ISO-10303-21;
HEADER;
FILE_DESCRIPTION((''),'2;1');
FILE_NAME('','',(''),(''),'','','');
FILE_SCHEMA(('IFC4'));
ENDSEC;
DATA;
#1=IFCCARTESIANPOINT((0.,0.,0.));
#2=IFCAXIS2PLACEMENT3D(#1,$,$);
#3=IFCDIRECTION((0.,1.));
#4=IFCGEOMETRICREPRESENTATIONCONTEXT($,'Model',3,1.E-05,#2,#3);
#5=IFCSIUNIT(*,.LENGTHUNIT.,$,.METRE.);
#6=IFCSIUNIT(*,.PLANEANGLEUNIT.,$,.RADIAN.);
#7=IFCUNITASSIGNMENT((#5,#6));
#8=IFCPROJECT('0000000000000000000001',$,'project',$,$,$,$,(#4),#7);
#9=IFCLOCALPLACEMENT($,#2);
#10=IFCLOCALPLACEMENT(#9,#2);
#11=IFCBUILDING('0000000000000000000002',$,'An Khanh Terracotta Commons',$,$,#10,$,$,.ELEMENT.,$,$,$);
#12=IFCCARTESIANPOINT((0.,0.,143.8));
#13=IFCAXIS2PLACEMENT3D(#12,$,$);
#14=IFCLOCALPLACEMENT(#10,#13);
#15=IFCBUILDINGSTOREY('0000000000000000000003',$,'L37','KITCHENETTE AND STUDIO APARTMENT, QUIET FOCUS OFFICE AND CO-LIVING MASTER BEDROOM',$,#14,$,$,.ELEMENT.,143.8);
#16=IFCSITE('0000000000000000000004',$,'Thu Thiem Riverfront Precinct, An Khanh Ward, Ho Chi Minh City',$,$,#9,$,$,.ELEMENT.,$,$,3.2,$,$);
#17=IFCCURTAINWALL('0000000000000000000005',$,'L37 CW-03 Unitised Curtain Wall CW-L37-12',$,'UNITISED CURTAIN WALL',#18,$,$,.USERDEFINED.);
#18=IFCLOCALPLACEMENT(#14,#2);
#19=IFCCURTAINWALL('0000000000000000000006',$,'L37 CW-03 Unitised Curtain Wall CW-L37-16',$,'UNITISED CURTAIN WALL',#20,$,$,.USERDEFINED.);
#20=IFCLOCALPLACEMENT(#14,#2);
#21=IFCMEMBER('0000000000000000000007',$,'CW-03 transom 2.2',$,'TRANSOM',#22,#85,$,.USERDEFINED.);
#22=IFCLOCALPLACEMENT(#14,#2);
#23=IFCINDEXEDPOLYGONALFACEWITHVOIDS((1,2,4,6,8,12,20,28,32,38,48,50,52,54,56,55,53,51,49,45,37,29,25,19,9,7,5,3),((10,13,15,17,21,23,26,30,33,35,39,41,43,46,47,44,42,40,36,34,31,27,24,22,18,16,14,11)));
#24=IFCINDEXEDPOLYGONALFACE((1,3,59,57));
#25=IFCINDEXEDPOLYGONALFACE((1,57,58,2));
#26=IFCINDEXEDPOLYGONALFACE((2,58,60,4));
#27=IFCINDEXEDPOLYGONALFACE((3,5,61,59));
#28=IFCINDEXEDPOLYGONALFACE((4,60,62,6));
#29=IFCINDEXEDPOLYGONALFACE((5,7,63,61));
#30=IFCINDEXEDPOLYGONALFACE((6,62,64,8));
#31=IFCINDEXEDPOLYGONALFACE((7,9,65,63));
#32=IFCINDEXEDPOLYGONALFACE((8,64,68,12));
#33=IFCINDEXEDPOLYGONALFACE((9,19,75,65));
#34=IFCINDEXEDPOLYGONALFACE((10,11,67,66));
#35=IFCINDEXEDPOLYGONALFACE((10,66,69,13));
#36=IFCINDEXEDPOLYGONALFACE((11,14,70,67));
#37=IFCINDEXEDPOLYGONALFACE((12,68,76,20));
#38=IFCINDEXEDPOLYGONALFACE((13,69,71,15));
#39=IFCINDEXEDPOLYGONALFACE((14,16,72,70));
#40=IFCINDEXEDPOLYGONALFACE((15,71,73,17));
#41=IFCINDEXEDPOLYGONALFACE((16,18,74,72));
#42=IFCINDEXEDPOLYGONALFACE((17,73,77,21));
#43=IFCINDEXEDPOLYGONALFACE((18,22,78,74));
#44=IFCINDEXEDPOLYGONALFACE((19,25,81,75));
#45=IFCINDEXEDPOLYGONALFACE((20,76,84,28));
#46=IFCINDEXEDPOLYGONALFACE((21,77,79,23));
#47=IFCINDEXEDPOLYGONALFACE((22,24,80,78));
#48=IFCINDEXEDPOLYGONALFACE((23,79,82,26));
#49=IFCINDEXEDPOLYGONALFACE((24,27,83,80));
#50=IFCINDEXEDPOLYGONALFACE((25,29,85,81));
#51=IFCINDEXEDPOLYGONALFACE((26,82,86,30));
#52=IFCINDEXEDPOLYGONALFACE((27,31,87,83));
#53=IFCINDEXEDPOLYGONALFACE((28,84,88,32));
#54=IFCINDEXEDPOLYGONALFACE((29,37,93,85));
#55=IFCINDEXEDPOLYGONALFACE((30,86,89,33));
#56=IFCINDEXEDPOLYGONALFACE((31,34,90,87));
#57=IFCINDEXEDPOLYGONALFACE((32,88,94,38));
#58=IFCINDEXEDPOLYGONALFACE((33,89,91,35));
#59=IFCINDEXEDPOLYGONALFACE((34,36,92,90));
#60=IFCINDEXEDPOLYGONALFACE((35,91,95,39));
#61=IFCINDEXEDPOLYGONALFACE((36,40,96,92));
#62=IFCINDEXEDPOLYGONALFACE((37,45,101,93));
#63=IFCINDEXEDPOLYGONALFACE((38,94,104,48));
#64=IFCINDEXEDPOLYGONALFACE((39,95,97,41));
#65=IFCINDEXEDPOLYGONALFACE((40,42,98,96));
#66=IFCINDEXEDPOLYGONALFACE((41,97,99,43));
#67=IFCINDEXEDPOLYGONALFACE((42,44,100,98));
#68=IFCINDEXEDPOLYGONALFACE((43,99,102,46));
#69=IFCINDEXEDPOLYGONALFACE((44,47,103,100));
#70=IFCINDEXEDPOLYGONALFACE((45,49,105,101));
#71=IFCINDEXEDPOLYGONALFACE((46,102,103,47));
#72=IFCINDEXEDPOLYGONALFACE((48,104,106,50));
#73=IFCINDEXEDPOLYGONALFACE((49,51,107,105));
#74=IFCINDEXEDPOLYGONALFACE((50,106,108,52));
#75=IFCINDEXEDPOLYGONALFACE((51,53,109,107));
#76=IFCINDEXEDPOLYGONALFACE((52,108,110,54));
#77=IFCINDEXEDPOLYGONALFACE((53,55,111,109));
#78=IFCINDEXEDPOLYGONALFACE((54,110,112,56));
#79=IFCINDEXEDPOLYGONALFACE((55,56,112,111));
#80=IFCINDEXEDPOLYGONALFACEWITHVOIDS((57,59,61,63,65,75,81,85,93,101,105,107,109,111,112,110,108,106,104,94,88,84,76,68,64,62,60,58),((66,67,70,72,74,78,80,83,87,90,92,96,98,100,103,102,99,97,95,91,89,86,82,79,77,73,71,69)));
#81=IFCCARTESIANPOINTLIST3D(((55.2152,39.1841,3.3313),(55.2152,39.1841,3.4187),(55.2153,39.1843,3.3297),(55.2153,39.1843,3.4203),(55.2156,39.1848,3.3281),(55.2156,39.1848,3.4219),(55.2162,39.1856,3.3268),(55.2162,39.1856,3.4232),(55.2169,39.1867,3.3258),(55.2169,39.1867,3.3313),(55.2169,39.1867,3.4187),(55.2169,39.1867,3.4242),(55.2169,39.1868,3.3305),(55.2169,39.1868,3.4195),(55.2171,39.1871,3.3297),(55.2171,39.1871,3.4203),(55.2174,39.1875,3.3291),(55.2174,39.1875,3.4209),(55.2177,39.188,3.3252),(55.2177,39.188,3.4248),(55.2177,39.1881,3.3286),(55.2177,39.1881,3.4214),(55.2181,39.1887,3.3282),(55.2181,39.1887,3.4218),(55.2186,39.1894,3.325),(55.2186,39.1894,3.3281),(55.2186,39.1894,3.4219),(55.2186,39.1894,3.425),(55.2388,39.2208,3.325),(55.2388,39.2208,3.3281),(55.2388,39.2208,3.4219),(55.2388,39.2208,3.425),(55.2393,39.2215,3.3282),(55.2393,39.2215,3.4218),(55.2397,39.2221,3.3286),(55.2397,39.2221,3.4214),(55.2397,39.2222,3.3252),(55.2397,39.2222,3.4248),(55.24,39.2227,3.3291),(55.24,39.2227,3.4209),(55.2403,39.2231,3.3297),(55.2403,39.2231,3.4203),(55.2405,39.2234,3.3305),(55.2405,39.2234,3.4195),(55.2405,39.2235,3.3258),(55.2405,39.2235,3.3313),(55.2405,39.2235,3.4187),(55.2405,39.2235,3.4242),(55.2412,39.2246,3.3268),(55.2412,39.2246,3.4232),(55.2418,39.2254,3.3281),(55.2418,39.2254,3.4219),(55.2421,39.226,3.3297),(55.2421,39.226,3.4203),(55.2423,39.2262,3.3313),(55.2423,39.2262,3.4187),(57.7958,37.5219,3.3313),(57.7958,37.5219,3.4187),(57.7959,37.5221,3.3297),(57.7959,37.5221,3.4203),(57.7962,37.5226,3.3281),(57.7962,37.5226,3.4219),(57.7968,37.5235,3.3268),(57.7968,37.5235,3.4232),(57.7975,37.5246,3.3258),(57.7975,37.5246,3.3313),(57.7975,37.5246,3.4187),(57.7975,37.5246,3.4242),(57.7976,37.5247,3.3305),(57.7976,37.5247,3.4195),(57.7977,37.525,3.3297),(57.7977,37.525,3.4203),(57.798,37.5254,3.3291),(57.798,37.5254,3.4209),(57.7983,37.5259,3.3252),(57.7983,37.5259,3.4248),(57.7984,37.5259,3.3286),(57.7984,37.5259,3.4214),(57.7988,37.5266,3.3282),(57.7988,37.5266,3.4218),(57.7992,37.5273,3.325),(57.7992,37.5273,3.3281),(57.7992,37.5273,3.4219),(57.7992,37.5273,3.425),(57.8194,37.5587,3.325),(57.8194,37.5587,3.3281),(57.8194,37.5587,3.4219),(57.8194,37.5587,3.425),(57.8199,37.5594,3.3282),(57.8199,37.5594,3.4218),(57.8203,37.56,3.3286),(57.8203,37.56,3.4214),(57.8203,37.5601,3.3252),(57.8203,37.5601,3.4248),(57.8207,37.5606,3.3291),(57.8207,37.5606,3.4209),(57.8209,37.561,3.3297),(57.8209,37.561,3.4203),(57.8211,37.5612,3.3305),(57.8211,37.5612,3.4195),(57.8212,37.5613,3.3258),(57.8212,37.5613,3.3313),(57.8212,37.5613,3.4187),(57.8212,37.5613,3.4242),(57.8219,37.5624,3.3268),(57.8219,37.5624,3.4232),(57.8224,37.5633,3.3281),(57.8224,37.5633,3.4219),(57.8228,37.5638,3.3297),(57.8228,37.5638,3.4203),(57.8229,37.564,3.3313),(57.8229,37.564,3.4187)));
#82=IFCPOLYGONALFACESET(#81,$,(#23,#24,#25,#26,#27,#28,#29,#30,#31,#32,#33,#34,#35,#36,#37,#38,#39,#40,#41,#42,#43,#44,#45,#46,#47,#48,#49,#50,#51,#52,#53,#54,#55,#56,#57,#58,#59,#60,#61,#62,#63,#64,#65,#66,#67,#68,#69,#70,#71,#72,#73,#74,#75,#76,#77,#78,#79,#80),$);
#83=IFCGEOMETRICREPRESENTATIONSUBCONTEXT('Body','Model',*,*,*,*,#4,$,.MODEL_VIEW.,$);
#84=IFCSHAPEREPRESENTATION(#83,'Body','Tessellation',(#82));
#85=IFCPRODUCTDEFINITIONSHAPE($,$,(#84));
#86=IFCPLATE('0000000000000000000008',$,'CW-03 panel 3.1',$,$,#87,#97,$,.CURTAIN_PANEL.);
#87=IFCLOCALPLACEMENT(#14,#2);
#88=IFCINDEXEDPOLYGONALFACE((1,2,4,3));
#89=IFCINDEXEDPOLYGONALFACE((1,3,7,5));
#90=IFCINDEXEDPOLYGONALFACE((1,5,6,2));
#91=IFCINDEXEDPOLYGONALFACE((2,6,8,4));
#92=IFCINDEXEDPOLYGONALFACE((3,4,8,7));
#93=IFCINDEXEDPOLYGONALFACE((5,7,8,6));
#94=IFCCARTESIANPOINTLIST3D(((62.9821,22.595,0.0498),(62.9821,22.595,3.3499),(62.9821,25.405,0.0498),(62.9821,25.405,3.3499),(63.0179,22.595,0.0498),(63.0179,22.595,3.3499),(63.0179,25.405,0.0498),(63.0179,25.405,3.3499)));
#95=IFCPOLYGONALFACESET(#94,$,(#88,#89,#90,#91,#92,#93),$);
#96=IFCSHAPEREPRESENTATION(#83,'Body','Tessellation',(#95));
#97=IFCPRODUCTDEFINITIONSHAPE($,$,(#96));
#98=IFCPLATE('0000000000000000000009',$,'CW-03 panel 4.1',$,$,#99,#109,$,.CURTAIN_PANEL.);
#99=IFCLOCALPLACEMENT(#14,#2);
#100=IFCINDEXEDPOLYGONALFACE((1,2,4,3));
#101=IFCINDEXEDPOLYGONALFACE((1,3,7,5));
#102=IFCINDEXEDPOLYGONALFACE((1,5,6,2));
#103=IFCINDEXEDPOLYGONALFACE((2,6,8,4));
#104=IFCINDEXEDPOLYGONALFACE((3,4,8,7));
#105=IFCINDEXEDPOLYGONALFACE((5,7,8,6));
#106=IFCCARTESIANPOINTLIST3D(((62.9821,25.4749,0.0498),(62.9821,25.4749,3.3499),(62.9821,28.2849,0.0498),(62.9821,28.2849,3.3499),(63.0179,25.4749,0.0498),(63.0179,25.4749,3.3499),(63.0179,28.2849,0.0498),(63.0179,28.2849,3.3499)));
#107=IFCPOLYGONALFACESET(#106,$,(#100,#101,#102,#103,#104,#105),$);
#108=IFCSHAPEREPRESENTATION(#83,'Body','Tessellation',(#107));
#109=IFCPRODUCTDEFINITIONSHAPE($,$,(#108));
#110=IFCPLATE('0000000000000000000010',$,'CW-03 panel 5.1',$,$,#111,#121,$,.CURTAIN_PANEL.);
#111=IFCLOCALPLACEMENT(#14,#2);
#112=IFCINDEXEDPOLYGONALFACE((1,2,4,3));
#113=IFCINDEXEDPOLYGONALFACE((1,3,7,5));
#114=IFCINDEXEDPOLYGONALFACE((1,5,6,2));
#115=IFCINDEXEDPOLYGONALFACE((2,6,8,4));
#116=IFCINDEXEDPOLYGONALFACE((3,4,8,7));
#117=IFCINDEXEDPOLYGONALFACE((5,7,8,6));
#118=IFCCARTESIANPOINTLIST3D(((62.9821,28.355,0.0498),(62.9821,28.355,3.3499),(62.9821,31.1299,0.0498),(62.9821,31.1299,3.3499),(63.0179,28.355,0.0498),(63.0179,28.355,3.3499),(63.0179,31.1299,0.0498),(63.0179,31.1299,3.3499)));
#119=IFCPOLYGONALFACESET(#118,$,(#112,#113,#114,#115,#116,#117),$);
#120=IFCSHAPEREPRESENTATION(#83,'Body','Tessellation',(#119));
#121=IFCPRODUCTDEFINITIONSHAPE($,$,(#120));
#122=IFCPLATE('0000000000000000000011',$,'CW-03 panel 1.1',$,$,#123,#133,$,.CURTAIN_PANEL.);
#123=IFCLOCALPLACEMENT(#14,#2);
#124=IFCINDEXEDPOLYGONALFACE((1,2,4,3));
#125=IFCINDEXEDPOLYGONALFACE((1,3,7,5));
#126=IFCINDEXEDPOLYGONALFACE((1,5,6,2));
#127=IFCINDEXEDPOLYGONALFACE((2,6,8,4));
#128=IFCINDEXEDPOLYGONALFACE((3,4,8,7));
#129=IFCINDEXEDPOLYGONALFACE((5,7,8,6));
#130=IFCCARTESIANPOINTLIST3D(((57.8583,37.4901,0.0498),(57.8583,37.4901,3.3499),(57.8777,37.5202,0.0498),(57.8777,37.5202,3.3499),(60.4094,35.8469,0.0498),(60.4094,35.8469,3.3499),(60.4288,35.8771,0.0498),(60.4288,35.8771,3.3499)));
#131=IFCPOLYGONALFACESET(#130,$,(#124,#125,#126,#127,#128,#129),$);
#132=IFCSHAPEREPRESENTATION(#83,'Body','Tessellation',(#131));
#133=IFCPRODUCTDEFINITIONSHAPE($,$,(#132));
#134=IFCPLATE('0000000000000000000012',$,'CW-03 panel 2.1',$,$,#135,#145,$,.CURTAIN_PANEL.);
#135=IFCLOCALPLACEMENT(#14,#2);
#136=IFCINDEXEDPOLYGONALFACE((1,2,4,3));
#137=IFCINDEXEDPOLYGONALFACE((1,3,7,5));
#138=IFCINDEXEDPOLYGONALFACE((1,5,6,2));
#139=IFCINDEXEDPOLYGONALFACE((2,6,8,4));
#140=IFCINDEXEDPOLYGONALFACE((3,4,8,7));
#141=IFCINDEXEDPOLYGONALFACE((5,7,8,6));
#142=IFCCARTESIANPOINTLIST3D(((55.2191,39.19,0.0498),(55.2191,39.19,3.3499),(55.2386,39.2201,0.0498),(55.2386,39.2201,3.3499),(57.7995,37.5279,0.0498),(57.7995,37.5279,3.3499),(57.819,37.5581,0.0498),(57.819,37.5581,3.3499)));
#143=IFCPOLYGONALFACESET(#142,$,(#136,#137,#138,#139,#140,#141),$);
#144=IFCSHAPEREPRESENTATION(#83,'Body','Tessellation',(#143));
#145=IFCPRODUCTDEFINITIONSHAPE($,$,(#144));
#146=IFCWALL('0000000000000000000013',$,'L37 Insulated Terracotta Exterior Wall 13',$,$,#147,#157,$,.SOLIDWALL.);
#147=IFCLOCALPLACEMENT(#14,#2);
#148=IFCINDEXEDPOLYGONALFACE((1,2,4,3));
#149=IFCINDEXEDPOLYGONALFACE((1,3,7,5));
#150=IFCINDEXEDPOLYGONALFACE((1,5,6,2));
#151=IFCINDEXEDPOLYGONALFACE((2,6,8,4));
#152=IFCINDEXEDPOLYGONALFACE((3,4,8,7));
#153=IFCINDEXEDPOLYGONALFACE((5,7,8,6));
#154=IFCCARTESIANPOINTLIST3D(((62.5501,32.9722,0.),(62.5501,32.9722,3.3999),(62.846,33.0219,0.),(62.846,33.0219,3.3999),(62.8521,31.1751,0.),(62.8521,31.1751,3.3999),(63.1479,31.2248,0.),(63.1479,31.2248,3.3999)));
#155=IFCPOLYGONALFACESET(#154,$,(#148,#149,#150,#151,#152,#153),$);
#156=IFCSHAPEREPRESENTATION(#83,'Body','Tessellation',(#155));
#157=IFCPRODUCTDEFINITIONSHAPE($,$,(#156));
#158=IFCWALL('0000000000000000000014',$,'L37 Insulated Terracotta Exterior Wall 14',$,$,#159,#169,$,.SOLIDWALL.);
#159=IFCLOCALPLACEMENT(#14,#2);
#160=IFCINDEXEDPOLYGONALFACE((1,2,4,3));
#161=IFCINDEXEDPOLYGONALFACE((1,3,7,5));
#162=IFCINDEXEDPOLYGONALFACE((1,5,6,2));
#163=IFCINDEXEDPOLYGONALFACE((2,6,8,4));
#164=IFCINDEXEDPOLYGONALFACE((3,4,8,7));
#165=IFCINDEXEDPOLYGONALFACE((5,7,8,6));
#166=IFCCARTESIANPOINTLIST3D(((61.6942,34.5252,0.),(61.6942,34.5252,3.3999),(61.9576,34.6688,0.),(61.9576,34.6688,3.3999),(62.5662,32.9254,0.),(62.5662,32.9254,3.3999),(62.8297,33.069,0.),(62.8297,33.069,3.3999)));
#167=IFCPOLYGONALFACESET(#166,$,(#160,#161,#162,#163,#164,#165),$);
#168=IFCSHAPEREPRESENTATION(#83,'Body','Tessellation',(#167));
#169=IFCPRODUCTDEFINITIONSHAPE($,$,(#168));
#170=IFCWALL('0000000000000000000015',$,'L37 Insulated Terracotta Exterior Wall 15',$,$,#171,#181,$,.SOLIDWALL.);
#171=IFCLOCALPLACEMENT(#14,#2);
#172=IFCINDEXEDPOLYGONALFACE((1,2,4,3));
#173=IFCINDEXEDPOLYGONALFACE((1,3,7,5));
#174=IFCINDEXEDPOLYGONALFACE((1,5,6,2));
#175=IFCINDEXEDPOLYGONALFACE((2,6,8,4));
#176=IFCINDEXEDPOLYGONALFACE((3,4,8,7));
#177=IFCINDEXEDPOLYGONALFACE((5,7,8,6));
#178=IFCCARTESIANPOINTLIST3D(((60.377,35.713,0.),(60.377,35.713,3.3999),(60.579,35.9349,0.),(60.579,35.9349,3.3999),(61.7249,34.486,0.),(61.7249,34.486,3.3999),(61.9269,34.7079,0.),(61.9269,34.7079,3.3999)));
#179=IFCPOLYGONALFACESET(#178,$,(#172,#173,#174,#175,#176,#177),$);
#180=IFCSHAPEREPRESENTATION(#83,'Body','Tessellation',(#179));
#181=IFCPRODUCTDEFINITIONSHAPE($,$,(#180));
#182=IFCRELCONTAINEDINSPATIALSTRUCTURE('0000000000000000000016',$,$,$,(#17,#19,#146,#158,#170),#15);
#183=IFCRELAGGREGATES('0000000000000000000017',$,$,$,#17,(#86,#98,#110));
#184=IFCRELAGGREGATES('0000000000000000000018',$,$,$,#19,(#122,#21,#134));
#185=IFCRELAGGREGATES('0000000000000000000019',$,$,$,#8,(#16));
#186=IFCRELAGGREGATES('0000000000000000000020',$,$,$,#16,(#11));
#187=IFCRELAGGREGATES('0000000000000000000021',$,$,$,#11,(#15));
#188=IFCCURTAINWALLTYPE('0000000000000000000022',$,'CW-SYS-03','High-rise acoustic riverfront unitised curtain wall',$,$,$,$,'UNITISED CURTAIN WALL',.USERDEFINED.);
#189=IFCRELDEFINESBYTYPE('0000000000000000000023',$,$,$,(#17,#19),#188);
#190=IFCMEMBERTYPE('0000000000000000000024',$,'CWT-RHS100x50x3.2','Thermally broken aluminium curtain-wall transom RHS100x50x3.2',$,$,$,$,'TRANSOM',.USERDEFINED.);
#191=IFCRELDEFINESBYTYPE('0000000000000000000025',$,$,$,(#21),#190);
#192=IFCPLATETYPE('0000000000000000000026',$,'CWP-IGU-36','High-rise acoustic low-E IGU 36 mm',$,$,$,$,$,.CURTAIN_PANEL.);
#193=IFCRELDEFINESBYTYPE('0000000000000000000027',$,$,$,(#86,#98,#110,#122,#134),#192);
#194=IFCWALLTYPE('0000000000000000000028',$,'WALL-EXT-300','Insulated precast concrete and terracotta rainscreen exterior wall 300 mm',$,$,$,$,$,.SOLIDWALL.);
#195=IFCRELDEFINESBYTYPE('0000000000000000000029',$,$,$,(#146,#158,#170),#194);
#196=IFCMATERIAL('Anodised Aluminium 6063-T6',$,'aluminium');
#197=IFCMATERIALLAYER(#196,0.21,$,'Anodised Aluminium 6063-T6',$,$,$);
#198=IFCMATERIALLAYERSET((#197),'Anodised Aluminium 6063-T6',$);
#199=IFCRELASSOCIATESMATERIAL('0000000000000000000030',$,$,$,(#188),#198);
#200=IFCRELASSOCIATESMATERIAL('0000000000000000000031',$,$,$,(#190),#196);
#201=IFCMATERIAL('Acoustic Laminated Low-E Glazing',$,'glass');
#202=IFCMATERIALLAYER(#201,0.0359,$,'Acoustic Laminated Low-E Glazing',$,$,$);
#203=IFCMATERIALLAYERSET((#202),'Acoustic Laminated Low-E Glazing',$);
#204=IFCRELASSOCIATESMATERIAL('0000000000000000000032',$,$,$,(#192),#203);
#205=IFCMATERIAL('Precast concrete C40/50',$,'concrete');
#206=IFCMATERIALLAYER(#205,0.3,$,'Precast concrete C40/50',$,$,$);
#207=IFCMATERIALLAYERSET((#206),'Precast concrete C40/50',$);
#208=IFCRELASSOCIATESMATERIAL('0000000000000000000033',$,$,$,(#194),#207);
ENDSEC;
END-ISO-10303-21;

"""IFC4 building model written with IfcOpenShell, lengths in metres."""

from ifc_helpers import new_model, si_unit, direction, frame, frame_2d, origin, origin_2d, place, context, subcontext, project, spatial, rectangle, hollow_rectangle, extrude, material, layer, layer_set, material_profile, profile_set, type_object, element, aggregate, save


model = new_model("IFC4")

# Units and contexts
model_context = context("Model", 3, precision=1e-05, world=origin(), true_north=direction((0.0, 1.0)))
body_context = subcontext(model_context, "Body", "Model", "MODEL_VIEW")
ifc_project = project(units=[si_unit("LENGTHUNIT", "METRE"), si_unit("PLANEANGLEUNIT", "RADIAN")], contexts=[model_context])

# Site, building, storey
site_placement = place(None, origin())
site = spatial("IfcSite", under=ifc_project, at=site_placement, Name="Thu Thiem Riverfront Precinct, An Khanh Ward, Ho Chi Minh City", CompositionType="ELEMENT", RefElevation=3.2)
building_placement = place(site_placement, origin())
building = spatial("IfcBuilding", under=site, at=building_placement, Name="An Khanh Terracotta Commons", CompositionType="ELEMENT")
storey_placement = place(building_placement, frame((0.0, 0.0, 143.8)))
storey = spatial("IfcBuildingStorey", under=building, at=storey_placement, Name="L37", Description="KITCHENETTE AND STUDIO APARTMENT, QUIET FOCUS OFFICE AND CO-LIVING MASTER BEDROOM", CompositionType="ELEMENT", Elevation=143.8)

# Curtain walls
ifc_material_1 = material(Name="Anodised Aluminium 6063-T6", Category="aluminium")
ifc_layer_1 = layer(ifc_material_1, 0.21, Name="Anodised Aluminium 6063-T6")
ifc_layer_set_1 = layer_set([ifc_layer_1], Name="Anodised Aluminium 6063-T6")
curtain_wall_type = type_object("IfcCurtainWallType", Name="CW-SYS-03", Description="High-rise acoustic riverfront unitised curtain wall", ElementType="UNITISED CURTAIN WALL", PredefinedType="USERDEFINED", material=ifc_layer_set_1)
curtain_wall_1_placement = place(storey_placement, origin())
curtain_wall_1 = element("IfcCurtainWall", 1, at=curtain_wall_1_placement, inside=storey, type_object=curtain_wall_type, Name="L37 CW-03 Unitised Curtain Wall CW-L37-12", ObjectType="UNITISED CURTAIN WALL", PredefinedType="USERDEFINED")
curtain_wall_2_placement = place(storey_placement, origin())
curtain_wall_2 = element("IfcCurtainWall", 2, at=curtain_wall_2_placement, inside=storey, type_object=curtain_wall_type, Name="L37 CW-03 Unitised Curtain Wall CW-L37-16", ObjectType="UNITISED CURTAIN WALL", PredefinedType="USERDEFINED")

# Member
ifc_material_profile_1 = material_profile(ifc_material_1, hollow_rectangle(XDim=0.05, YDim=0.1001, WallThickness=0.0032, InnerFilletRadius=0.0032, OuterFilletRadius=0.0063, at=origin_2d()), Name="RHS100x50x3.2")
ifc_profile_set_1 = profile_set([ifc_material_profile_1], Name="Anodised Aluminium 6063-T6")
member_type_1 = type_object("IfcMemberType", Name="CWT-RHS100x50x3.2", Description="Thermally broken aluminium curtain-wall transom RHS100x50x3.2", ElementType="TRANSOM", PredefinedType="USERDEFINED", material=ifc_profile_set_1)
member_1_placement = place(storey_placement, frame((57.8093, 37.543, 3.375), z_axis=(-0.840708, 0.541489, 0.0), x_axis=(-0.541489, -0.840708, 0.0)))
member_1 = element("IfcMember", 3, at=member_1_placement, type_object=member_type_1, Name="CW-03 transom 2.2", ObjectType="TRANSOM", PredefinedType="USERDEFINED", context=body_context, shape_type="SweptSolid", body=[
    extrude(hollow_rectangle(XDim=0.05, YDim=0.1001, WallThickness=0.0032, InnerFilletRadius=0.0032, OuterFilletRadius=0.0063, at=origin_2d()), origin(), (0.0, 0.0, 1.0), 3.0696),
])

# Plates
ifc_material_2 = material(Name="Acoustic Laminated Low-E Glazing", Category="glass")
ifc_layer_2 = layer(ifc_material_2, 0.0359, Name="Acoustic Laminated Low-E Glazing")
ifc_layer_set_2 = layer_set([ifc_layer_2], Name="Acoustic Laminated Low-E Glazing")
plate_type = type_object("IfcPlateType", Name="CWP-IGU-36", Description="High-rise acoustic low-E IGU 36 mm", PredefinedType="CURTAIN_PANEL", material=ifc_layer_set_2)
plate_1_placement = place(storey_placement, frame((63.0, 24.0, 0.0498), z_axis=(0.0, 0.0, 1.0), x_axis=(0.0, 1.0, 0.0)))
plate_1 = element("IfcPlate", 4, at=plate_1_placement, type_object=plate_type, Name="CW-03 panel 3.1", PredefinedType="CURTAIN_PANEL", context=body_context, shape_type="SweptSolid", body=[
    extrude(rectangle(XDim=2.8101, YDim=0.0359, at=origin_2d()), origin(), (0.0, 0.0, 1.0), 3.3),
])
plate_2_placement = place(storey_placement, frame((63.0, 26.8799, 0.0498), z_axis=(0.0, 0.0, 1.0), x_axis=(0.0, 1.0, 0.0)))
plate_2 = element("IfcPlate", 5, at=plate_2_placement, type_object=plate_type, Name="CW-03 panel 4.1", PredefinedType="CURTAIN_PANEL", context=body_context, shape_type="SweptSolid", body=[
    extrude(rectangle(XDim=2.8101, YDim=0.0359, at=origin_2d()), origin(), (0.0, 0.0, 1.0), 3.3),
])
plate_3_placement = place(storey_placement, frame((63.0, 29.7424, 0.0498), z_axis=(0.0, 0.0, 1.0), x_axis=(0.0, 1.0, 0.0)))
plate_3 = element("IfcPlate", 6, at=plate_3_placement, type_object=plate_type, Name="CW-03 panel 5.1", PredefinedType="CURTAIN_PANEL", context=body_context, shape_type="SweptSolid", body=[
    extrude(rectangle(XDim=2.7749, YDim=0.0359, at=origin_2d()), origin(), (0.0, 0.0, 1.0), 3.3),
])
aggregate(curtain_wall_1, [plate_1, plate_2, plate_3])
plate_4_placement = place(storey_placement, frame((59.1436, 36.6836, 0.0498), z_axis=(0.0, 0.0, 1.0), x_axis=(-0.840702, 0.541498, 0.0)))
plate_4 = element("IfcPlate", 7, at=plate_4_placement, type_object=plate_type, Name="CW-03 panel 1.1", PredefinedType="CURTAIN_PANEL", context=body_context, shape_type="SweptSolid", body=[
    extrude(rectangle(XDim=3.0344, YDim=0.0359, at=origin_2d()), origin(), (0.0, 0.0, 1.0), 3.3),
])
plate_5_placement = place(storey_placement, frame((56.519, 38.374, 0.0498), z_axis=(0.0, 0.0, 1.0), x_axis=(-0.840702, 0.541498, 0.0)))
plate_5 = element("IfcPlate", 8, at=plate_5_placement, type_object=plate_type, Name="CW-03 panel 2.1", PredefinedType="CURTAIN_PANEL", context=body_context, shape_type="SweptSolid", body=[
    extrude(rectangle(XDim=3.0693, YDim=0.0359, at=origin_2d()), origin(), (0.0, 0.0, 1.0), 3.3),
])
aggregate(curtain_wall_2, [plate_4, member_1, plate_5])

# Walls
ifc_material_3 = material(Name="Precast concrete C40/50", Category="concrete")
ifc_layer_3 = layer(ifc_material_3, 0.3, Name="Precast concrete C40/50")
ifc_layer_set_3 = layer_set([ifc_layer_3], Name="Precast concrete C40/50")
wall_type_1 = type_object("IfcWallType", Name="WALL-EXT-300", Description="Insulated precast concrete and terracotta rainscreen exterior wall 300 mm", PredefinedType="SOLIDWALL", material=ifc_layer_set_3)
wall_1_placement = place(storey_placement, frame((63.0, 31.2, 0.0), z_axis=(0.0, 0.0, 1.0), x_axis=(-0.165724, 0.986172, 0.0)))
element("IfcWall", 9, at=wall_1_placement, inside=storey, type_object=wall_type_1, Name="L37 Insulated Terracotta Exterior Wall 13", PredefinedType="SOLIDWALL", context=body_context, shape_type="SweptSolid", body=[
    extrude(rectangle(XDim=1.8223, YDim=0.3, at=frame_2d((0.9111, 0.0))), origin(), (0.0, 0.0, 1.0), 3.3999),
])
wall_2_placement = place(storey_placement, frame((62.698, 32.9971, 0.0), z_axis=(0.0, 0.0, 1.0), x_axis=(-0.478608, 0.878029, 0.0)))
element("IfcWall", 10, at=wall_2_placement, inside=storey, type_object=wall_type_1, Name="L37 Insulated Terracotta Exterior Wall 14", PredefinedType="SOLIDWALL", context=body_context, shape_type="SweptSolid", body=[
    extrude(rectangle(XDim=1.822, YDim=0.3, at=frame_2d((0.9111, 0.0))), origin(), (0.0, 0.0, 1.0), 3.3999),
])
wall_3_placement = place(storey_placement, frame((61.8259, 34.5969, 0.0), z_axis=(0.0, 0.0, 1.0), x_axis=(-0.739479, 0.673179, 0.0)))
element("IfcWall", 11, at=wall_3_placement, inside=storey, type_object=wall_type_1, Name="L37 Insulated Terracotta Exterior Wall 15", PredefinedType="SOLIDWALL", context=body_context, shape_type="SweptSolid", body=[
    extrude(rectangle(XDim=1.8228, YDim=0.3, at=frame_2d((0.9114, 0.0))), origin(), (0.0, 0.0, 1.0), 3.3999),
])

save(model, "model.ifc")
